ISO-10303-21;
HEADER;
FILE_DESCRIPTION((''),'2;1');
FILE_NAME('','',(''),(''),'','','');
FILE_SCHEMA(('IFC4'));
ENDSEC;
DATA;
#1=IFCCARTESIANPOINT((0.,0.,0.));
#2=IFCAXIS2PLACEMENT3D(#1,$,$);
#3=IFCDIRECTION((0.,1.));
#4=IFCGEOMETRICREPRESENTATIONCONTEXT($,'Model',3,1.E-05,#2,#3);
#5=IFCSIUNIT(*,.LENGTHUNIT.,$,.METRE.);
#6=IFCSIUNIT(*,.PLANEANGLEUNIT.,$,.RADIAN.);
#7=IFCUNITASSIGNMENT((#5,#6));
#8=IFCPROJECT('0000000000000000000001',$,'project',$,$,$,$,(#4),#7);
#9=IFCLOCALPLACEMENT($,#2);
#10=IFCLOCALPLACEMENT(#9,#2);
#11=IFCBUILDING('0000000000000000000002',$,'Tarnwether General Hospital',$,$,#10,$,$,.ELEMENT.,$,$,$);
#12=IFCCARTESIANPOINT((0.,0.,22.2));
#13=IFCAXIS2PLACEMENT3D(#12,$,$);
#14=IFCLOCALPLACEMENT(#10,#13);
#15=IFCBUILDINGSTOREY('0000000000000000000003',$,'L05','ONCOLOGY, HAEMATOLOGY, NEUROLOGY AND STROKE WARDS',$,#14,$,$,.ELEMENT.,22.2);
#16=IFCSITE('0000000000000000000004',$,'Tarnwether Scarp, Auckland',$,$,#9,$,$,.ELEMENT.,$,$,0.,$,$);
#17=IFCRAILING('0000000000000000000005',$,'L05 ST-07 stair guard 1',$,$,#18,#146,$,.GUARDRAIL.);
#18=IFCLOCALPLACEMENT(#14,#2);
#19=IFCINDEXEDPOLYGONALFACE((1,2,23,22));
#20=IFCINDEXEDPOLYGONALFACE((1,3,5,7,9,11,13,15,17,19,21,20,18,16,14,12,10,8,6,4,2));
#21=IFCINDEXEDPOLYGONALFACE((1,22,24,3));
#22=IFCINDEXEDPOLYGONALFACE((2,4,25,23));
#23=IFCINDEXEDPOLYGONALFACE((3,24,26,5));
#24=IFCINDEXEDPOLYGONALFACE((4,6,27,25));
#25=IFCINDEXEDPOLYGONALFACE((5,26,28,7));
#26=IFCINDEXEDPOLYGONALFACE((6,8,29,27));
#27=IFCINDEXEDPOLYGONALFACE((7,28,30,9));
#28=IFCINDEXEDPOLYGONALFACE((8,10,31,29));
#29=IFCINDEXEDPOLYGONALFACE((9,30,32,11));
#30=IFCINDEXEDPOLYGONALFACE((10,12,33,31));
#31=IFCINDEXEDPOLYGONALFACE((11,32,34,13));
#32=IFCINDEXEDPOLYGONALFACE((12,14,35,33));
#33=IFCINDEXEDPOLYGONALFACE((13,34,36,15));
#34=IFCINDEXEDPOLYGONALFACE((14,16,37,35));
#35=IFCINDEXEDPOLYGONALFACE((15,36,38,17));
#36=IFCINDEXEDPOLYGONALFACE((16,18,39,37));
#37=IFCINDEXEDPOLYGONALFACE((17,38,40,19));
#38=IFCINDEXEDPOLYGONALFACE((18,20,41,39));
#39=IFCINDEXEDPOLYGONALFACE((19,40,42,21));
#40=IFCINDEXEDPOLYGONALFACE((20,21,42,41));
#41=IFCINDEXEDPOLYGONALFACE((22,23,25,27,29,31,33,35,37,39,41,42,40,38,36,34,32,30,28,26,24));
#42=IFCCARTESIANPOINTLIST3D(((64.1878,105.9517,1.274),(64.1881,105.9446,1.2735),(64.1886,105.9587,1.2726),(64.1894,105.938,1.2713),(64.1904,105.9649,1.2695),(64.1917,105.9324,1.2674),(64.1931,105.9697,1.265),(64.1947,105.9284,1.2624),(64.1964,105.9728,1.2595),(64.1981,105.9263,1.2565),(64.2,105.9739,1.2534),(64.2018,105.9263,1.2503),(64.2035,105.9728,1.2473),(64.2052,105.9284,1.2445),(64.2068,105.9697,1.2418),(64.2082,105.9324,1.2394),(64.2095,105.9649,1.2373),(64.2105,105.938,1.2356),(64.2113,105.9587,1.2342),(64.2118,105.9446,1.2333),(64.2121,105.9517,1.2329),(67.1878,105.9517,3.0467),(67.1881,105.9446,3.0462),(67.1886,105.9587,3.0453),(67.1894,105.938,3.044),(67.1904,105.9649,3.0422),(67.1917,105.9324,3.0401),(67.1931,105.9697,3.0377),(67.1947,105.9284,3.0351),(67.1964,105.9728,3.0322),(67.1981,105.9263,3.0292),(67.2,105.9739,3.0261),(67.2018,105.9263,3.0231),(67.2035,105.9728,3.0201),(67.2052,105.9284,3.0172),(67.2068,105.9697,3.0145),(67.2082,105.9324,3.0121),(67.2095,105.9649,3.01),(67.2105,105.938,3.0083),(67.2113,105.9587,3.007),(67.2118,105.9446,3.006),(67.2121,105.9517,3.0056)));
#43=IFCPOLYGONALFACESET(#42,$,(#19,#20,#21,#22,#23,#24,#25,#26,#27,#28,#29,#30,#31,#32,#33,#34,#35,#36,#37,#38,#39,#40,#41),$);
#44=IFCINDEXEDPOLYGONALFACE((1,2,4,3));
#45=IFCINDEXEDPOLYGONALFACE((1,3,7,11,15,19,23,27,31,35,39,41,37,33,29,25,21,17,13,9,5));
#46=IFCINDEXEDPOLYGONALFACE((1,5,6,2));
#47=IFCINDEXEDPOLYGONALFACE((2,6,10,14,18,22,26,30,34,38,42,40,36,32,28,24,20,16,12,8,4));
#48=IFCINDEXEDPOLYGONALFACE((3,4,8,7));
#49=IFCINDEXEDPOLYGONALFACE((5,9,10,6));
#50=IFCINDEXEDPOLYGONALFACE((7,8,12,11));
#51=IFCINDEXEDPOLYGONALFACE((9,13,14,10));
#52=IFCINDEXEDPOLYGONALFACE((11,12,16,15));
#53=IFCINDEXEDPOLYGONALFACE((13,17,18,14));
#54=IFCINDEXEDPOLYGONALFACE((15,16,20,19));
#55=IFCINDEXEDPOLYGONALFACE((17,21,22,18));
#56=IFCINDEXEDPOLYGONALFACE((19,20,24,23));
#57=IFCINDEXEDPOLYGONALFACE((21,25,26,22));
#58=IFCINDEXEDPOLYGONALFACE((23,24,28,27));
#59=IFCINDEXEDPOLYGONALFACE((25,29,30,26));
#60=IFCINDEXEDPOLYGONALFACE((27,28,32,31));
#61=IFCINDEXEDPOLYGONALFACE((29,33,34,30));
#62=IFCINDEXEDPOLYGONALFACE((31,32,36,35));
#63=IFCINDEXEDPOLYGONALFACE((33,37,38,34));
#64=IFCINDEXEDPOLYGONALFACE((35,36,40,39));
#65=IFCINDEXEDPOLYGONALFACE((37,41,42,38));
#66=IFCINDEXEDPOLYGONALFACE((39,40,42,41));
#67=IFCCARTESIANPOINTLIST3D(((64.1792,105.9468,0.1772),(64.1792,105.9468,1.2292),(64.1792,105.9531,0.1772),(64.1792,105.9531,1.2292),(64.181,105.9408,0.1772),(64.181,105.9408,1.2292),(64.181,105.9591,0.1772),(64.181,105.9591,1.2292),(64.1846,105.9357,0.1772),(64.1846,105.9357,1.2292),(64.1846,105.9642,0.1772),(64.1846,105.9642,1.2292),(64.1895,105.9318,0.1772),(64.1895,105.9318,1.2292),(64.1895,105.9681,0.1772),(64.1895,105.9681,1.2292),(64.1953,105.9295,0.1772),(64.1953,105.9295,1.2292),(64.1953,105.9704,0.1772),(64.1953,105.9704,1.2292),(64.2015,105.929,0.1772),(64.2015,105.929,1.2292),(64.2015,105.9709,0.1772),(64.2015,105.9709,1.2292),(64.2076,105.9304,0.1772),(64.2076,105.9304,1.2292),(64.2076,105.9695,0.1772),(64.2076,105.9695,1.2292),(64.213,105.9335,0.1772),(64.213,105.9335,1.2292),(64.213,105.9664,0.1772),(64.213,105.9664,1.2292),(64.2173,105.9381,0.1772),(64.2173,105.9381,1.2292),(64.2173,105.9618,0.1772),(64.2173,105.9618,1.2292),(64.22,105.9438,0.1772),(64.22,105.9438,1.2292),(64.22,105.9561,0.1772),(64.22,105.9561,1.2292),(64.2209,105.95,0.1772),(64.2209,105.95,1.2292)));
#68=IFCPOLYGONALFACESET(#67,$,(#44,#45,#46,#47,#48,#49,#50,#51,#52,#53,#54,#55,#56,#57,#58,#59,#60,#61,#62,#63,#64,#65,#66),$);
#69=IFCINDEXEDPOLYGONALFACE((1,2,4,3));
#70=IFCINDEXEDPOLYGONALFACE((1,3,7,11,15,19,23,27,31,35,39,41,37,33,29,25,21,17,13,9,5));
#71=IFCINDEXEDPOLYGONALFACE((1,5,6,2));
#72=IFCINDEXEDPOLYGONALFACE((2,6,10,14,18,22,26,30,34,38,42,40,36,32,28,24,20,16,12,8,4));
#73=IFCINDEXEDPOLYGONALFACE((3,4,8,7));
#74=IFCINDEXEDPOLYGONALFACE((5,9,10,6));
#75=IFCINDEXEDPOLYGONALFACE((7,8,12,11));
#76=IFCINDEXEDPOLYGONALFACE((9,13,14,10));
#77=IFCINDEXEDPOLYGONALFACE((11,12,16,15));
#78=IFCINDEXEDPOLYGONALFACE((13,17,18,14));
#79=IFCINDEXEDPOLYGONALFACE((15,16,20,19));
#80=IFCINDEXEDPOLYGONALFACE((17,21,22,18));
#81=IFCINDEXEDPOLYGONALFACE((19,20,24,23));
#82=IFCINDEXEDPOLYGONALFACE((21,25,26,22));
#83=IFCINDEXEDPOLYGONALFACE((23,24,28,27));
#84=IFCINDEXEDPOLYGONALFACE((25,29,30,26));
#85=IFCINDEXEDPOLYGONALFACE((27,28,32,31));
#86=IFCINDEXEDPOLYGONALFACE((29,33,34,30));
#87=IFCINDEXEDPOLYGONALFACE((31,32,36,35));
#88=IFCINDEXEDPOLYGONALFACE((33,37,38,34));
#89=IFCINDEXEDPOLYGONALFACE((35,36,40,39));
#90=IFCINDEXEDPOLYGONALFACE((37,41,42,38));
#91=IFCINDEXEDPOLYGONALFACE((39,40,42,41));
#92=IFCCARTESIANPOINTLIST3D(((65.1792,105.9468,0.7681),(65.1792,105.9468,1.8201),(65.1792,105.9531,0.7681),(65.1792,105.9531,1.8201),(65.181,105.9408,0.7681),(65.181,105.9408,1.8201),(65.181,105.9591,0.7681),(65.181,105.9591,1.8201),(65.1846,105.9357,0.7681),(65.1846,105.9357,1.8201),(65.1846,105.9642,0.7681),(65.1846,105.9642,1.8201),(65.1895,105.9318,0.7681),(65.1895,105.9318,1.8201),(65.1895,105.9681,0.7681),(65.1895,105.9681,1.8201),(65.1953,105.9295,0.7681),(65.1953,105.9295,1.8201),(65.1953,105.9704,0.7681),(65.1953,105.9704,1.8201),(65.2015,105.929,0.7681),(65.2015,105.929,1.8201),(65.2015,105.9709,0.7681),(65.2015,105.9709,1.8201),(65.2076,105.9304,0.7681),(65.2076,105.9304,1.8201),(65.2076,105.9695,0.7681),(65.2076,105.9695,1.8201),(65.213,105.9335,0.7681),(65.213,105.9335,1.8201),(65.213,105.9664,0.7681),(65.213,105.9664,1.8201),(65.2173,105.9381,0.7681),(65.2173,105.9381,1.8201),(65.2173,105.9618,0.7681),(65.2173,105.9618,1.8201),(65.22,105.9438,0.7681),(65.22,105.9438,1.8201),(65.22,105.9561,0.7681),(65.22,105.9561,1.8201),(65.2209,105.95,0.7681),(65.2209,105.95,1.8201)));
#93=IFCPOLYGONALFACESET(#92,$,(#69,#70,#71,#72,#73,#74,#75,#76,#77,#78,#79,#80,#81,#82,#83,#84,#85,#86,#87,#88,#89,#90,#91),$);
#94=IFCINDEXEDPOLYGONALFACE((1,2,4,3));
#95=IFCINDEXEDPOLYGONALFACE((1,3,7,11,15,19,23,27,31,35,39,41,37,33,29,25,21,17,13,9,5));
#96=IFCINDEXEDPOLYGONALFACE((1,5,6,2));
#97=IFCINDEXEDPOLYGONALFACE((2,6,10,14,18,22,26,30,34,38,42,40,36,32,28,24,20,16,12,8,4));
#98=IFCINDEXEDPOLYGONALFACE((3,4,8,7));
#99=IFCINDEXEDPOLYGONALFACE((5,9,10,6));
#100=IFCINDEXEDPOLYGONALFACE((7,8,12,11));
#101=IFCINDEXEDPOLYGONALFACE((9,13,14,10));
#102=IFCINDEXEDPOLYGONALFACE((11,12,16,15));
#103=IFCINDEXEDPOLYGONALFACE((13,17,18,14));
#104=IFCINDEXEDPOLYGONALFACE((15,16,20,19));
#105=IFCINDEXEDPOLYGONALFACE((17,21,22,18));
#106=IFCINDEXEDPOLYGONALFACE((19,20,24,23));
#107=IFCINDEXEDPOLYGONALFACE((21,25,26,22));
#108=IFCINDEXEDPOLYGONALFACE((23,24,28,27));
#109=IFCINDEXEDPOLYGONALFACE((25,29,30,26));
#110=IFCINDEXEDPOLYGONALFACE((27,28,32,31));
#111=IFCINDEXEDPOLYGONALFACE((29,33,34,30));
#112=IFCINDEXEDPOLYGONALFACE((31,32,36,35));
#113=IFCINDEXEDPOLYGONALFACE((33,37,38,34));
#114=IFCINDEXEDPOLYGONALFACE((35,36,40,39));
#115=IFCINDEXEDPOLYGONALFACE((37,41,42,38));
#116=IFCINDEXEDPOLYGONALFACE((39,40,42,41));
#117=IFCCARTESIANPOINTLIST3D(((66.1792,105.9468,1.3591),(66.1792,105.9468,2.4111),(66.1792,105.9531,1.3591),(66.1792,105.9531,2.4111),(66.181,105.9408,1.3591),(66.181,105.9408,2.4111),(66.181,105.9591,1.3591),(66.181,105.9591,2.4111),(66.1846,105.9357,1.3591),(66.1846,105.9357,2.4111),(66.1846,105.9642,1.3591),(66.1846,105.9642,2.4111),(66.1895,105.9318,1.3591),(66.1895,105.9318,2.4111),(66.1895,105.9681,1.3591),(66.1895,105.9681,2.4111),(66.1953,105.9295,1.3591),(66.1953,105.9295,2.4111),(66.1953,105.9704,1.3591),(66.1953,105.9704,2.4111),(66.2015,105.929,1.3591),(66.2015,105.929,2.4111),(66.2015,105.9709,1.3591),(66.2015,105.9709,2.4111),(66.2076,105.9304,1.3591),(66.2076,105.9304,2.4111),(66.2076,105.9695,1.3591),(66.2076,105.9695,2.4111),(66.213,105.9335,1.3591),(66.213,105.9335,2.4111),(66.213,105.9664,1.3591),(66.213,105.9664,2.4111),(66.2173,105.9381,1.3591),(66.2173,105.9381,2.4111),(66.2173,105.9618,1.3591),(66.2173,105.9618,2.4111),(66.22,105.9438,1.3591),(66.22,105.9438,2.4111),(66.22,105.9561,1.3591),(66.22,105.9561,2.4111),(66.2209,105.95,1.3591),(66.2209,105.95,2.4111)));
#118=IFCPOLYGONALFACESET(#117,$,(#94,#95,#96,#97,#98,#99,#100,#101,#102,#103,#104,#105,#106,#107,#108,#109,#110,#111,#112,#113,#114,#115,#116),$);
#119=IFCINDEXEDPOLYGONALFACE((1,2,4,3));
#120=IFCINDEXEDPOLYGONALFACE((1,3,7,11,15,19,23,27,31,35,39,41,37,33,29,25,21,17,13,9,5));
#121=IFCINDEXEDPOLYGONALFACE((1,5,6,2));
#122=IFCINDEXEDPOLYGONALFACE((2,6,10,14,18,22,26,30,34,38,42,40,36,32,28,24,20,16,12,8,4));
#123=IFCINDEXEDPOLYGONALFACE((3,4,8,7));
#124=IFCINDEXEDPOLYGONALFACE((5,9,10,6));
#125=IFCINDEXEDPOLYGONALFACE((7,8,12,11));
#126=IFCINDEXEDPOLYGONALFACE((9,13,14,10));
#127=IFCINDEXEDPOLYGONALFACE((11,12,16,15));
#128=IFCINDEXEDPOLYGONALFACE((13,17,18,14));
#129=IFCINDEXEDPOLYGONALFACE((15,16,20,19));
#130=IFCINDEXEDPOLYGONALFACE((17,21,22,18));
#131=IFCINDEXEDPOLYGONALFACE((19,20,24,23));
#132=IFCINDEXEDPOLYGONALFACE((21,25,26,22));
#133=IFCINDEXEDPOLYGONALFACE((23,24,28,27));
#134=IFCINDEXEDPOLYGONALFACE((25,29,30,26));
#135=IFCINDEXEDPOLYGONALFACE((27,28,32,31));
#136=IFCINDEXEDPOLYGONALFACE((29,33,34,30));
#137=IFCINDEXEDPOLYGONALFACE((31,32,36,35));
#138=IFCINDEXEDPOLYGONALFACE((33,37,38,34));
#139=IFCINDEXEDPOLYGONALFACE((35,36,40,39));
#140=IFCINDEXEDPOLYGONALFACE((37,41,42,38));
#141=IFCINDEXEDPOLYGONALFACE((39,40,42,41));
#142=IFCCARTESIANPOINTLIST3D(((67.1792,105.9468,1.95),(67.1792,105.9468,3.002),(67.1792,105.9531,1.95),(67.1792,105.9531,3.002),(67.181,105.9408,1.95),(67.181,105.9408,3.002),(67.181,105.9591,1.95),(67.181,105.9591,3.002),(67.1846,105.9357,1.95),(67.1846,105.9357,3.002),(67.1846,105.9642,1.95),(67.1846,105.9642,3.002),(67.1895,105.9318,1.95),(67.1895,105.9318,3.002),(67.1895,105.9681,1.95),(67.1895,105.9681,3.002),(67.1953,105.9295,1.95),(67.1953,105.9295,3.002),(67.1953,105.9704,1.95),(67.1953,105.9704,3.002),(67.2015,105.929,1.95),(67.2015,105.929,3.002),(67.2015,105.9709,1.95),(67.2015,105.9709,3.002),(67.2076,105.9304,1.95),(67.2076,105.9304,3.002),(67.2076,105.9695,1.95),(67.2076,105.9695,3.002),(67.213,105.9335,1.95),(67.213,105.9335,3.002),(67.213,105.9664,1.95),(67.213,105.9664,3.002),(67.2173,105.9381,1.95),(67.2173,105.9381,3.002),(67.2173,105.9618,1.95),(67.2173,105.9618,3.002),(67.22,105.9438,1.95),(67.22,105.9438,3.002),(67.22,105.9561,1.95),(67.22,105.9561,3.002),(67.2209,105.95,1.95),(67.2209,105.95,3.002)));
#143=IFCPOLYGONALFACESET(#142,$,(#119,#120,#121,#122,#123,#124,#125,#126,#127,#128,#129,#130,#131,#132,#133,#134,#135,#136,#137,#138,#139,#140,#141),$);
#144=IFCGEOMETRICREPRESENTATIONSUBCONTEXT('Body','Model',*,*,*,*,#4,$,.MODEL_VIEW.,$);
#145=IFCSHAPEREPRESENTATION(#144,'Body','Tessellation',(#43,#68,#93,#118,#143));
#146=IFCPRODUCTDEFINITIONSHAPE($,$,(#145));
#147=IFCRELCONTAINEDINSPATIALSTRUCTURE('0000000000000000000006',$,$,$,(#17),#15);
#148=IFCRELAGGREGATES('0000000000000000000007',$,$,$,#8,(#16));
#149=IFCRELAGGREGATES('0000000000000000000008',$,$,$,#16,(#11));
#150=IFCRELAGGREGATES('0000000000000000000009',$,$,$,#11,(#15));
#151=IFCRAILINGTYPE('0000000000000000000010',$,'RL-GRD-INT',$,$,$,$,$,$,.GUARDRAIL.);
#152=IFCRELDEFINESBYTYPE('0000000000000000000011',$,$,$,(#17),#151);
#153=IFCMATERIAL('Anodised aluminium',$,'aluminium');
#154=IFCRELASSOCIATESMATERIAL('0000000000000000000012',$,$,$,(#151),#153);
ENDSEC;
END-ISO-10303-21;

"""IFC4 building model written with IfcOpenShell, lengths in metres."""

from ifc_helpers import new_model, si_unit, direction, frame, origin, origin_2d, place, context, subcontext, project, spatial, circle, extrude, material, type_object, element, save


model = new_model("IFC4")

# Units and contexts
model_context = context("Model", 3, precision=1e-05, world=origin(), true_north=direction((0.0, 1.0)))
body_context = subcontext(model_context, "Body", "Model", "MODEL_VIEW")
ifc_project = project(units=[si_unit("LENGTHUNIT", "METRE"), si_unit("PLANEANGLEUNIT", "RADIAN")], contexts=[model_context])

# Site, building, storey
site_placement = place(None, origin())
site = spatial("IfcSite", under=ifc_project, at=site_placement, Name="Tarnwether Scarp, Auckland", CompositionType="ELEMENT", RefElevation=0.0)
building_placement = place(site_placement, origin())
building = spatial("IfcBuilding", under=site, at=building_placement, Name="Tarnwether General Hospital", CompositionType="ELEMENT")
storey_placement = place(building_placement, frame((0.0, 0.0, 22.2)))
storey = spatial("IfcBuildingStorey", under=building, at=storey_placement, Name="L05", Description="ONCOLOGY, HAEMATOLOGY, NEUROLOGY AND STROKE WARDS", CompositionType="ELEMENT", Elevation=22.2)

# Railing
ifc_material_1 = material(Name="Anodised aluminium", Category="aluminium")
railing_type_1 = type_object("IfcRailingType", Name="RL-GRD-INT", PredefinedType="GUARDRAIL", material=ifc_material_1)
railing_1_placement = place(storey_placement, frame((64.2, 105.95, 0.1772)))
element("IfcRailing", 1, at=railing_1_placement, inside=storey, type_object=railing_type_1, Name="L05 ST-07 stair guard 1", PredefinedType="GUARDRAIL", context=body_context, shape_type="SweptSolid", body=[
    extrude(circle(Radius=0.0239, at=origin_2d()), frame((0.0, 0.0, 1.0762), z_axis=(0.860929, 0.0, 0.508725), x_axis=(0.0, 1.0, 0.0)), (0.0, 0.0, 1.0), 3.4846),
    extrude(circle(Radius=0.021, at=origin_2d()), origin(), (0.0, 0.0, 1.0), 1.052),
    extrude(circle(Radius=0.021, at=origin_2d()), frame((1.0, 0.0, 0.5908)), (0.0, 0.0, 1.0), 1.052),
    extrude(circle(Radius=0.021, at=origin_2d()), frame((2.0, 0.0, 1.1819)), (0.0, 0.0, 1.0), 1.052),
    extrude(circle(Radius=0.021, at=origin_2d()), frame((3.0, 0.0, 1.7727)), (0.0, 0.0, 1.0), 1.052),
])

save(model, "model.ifc")
